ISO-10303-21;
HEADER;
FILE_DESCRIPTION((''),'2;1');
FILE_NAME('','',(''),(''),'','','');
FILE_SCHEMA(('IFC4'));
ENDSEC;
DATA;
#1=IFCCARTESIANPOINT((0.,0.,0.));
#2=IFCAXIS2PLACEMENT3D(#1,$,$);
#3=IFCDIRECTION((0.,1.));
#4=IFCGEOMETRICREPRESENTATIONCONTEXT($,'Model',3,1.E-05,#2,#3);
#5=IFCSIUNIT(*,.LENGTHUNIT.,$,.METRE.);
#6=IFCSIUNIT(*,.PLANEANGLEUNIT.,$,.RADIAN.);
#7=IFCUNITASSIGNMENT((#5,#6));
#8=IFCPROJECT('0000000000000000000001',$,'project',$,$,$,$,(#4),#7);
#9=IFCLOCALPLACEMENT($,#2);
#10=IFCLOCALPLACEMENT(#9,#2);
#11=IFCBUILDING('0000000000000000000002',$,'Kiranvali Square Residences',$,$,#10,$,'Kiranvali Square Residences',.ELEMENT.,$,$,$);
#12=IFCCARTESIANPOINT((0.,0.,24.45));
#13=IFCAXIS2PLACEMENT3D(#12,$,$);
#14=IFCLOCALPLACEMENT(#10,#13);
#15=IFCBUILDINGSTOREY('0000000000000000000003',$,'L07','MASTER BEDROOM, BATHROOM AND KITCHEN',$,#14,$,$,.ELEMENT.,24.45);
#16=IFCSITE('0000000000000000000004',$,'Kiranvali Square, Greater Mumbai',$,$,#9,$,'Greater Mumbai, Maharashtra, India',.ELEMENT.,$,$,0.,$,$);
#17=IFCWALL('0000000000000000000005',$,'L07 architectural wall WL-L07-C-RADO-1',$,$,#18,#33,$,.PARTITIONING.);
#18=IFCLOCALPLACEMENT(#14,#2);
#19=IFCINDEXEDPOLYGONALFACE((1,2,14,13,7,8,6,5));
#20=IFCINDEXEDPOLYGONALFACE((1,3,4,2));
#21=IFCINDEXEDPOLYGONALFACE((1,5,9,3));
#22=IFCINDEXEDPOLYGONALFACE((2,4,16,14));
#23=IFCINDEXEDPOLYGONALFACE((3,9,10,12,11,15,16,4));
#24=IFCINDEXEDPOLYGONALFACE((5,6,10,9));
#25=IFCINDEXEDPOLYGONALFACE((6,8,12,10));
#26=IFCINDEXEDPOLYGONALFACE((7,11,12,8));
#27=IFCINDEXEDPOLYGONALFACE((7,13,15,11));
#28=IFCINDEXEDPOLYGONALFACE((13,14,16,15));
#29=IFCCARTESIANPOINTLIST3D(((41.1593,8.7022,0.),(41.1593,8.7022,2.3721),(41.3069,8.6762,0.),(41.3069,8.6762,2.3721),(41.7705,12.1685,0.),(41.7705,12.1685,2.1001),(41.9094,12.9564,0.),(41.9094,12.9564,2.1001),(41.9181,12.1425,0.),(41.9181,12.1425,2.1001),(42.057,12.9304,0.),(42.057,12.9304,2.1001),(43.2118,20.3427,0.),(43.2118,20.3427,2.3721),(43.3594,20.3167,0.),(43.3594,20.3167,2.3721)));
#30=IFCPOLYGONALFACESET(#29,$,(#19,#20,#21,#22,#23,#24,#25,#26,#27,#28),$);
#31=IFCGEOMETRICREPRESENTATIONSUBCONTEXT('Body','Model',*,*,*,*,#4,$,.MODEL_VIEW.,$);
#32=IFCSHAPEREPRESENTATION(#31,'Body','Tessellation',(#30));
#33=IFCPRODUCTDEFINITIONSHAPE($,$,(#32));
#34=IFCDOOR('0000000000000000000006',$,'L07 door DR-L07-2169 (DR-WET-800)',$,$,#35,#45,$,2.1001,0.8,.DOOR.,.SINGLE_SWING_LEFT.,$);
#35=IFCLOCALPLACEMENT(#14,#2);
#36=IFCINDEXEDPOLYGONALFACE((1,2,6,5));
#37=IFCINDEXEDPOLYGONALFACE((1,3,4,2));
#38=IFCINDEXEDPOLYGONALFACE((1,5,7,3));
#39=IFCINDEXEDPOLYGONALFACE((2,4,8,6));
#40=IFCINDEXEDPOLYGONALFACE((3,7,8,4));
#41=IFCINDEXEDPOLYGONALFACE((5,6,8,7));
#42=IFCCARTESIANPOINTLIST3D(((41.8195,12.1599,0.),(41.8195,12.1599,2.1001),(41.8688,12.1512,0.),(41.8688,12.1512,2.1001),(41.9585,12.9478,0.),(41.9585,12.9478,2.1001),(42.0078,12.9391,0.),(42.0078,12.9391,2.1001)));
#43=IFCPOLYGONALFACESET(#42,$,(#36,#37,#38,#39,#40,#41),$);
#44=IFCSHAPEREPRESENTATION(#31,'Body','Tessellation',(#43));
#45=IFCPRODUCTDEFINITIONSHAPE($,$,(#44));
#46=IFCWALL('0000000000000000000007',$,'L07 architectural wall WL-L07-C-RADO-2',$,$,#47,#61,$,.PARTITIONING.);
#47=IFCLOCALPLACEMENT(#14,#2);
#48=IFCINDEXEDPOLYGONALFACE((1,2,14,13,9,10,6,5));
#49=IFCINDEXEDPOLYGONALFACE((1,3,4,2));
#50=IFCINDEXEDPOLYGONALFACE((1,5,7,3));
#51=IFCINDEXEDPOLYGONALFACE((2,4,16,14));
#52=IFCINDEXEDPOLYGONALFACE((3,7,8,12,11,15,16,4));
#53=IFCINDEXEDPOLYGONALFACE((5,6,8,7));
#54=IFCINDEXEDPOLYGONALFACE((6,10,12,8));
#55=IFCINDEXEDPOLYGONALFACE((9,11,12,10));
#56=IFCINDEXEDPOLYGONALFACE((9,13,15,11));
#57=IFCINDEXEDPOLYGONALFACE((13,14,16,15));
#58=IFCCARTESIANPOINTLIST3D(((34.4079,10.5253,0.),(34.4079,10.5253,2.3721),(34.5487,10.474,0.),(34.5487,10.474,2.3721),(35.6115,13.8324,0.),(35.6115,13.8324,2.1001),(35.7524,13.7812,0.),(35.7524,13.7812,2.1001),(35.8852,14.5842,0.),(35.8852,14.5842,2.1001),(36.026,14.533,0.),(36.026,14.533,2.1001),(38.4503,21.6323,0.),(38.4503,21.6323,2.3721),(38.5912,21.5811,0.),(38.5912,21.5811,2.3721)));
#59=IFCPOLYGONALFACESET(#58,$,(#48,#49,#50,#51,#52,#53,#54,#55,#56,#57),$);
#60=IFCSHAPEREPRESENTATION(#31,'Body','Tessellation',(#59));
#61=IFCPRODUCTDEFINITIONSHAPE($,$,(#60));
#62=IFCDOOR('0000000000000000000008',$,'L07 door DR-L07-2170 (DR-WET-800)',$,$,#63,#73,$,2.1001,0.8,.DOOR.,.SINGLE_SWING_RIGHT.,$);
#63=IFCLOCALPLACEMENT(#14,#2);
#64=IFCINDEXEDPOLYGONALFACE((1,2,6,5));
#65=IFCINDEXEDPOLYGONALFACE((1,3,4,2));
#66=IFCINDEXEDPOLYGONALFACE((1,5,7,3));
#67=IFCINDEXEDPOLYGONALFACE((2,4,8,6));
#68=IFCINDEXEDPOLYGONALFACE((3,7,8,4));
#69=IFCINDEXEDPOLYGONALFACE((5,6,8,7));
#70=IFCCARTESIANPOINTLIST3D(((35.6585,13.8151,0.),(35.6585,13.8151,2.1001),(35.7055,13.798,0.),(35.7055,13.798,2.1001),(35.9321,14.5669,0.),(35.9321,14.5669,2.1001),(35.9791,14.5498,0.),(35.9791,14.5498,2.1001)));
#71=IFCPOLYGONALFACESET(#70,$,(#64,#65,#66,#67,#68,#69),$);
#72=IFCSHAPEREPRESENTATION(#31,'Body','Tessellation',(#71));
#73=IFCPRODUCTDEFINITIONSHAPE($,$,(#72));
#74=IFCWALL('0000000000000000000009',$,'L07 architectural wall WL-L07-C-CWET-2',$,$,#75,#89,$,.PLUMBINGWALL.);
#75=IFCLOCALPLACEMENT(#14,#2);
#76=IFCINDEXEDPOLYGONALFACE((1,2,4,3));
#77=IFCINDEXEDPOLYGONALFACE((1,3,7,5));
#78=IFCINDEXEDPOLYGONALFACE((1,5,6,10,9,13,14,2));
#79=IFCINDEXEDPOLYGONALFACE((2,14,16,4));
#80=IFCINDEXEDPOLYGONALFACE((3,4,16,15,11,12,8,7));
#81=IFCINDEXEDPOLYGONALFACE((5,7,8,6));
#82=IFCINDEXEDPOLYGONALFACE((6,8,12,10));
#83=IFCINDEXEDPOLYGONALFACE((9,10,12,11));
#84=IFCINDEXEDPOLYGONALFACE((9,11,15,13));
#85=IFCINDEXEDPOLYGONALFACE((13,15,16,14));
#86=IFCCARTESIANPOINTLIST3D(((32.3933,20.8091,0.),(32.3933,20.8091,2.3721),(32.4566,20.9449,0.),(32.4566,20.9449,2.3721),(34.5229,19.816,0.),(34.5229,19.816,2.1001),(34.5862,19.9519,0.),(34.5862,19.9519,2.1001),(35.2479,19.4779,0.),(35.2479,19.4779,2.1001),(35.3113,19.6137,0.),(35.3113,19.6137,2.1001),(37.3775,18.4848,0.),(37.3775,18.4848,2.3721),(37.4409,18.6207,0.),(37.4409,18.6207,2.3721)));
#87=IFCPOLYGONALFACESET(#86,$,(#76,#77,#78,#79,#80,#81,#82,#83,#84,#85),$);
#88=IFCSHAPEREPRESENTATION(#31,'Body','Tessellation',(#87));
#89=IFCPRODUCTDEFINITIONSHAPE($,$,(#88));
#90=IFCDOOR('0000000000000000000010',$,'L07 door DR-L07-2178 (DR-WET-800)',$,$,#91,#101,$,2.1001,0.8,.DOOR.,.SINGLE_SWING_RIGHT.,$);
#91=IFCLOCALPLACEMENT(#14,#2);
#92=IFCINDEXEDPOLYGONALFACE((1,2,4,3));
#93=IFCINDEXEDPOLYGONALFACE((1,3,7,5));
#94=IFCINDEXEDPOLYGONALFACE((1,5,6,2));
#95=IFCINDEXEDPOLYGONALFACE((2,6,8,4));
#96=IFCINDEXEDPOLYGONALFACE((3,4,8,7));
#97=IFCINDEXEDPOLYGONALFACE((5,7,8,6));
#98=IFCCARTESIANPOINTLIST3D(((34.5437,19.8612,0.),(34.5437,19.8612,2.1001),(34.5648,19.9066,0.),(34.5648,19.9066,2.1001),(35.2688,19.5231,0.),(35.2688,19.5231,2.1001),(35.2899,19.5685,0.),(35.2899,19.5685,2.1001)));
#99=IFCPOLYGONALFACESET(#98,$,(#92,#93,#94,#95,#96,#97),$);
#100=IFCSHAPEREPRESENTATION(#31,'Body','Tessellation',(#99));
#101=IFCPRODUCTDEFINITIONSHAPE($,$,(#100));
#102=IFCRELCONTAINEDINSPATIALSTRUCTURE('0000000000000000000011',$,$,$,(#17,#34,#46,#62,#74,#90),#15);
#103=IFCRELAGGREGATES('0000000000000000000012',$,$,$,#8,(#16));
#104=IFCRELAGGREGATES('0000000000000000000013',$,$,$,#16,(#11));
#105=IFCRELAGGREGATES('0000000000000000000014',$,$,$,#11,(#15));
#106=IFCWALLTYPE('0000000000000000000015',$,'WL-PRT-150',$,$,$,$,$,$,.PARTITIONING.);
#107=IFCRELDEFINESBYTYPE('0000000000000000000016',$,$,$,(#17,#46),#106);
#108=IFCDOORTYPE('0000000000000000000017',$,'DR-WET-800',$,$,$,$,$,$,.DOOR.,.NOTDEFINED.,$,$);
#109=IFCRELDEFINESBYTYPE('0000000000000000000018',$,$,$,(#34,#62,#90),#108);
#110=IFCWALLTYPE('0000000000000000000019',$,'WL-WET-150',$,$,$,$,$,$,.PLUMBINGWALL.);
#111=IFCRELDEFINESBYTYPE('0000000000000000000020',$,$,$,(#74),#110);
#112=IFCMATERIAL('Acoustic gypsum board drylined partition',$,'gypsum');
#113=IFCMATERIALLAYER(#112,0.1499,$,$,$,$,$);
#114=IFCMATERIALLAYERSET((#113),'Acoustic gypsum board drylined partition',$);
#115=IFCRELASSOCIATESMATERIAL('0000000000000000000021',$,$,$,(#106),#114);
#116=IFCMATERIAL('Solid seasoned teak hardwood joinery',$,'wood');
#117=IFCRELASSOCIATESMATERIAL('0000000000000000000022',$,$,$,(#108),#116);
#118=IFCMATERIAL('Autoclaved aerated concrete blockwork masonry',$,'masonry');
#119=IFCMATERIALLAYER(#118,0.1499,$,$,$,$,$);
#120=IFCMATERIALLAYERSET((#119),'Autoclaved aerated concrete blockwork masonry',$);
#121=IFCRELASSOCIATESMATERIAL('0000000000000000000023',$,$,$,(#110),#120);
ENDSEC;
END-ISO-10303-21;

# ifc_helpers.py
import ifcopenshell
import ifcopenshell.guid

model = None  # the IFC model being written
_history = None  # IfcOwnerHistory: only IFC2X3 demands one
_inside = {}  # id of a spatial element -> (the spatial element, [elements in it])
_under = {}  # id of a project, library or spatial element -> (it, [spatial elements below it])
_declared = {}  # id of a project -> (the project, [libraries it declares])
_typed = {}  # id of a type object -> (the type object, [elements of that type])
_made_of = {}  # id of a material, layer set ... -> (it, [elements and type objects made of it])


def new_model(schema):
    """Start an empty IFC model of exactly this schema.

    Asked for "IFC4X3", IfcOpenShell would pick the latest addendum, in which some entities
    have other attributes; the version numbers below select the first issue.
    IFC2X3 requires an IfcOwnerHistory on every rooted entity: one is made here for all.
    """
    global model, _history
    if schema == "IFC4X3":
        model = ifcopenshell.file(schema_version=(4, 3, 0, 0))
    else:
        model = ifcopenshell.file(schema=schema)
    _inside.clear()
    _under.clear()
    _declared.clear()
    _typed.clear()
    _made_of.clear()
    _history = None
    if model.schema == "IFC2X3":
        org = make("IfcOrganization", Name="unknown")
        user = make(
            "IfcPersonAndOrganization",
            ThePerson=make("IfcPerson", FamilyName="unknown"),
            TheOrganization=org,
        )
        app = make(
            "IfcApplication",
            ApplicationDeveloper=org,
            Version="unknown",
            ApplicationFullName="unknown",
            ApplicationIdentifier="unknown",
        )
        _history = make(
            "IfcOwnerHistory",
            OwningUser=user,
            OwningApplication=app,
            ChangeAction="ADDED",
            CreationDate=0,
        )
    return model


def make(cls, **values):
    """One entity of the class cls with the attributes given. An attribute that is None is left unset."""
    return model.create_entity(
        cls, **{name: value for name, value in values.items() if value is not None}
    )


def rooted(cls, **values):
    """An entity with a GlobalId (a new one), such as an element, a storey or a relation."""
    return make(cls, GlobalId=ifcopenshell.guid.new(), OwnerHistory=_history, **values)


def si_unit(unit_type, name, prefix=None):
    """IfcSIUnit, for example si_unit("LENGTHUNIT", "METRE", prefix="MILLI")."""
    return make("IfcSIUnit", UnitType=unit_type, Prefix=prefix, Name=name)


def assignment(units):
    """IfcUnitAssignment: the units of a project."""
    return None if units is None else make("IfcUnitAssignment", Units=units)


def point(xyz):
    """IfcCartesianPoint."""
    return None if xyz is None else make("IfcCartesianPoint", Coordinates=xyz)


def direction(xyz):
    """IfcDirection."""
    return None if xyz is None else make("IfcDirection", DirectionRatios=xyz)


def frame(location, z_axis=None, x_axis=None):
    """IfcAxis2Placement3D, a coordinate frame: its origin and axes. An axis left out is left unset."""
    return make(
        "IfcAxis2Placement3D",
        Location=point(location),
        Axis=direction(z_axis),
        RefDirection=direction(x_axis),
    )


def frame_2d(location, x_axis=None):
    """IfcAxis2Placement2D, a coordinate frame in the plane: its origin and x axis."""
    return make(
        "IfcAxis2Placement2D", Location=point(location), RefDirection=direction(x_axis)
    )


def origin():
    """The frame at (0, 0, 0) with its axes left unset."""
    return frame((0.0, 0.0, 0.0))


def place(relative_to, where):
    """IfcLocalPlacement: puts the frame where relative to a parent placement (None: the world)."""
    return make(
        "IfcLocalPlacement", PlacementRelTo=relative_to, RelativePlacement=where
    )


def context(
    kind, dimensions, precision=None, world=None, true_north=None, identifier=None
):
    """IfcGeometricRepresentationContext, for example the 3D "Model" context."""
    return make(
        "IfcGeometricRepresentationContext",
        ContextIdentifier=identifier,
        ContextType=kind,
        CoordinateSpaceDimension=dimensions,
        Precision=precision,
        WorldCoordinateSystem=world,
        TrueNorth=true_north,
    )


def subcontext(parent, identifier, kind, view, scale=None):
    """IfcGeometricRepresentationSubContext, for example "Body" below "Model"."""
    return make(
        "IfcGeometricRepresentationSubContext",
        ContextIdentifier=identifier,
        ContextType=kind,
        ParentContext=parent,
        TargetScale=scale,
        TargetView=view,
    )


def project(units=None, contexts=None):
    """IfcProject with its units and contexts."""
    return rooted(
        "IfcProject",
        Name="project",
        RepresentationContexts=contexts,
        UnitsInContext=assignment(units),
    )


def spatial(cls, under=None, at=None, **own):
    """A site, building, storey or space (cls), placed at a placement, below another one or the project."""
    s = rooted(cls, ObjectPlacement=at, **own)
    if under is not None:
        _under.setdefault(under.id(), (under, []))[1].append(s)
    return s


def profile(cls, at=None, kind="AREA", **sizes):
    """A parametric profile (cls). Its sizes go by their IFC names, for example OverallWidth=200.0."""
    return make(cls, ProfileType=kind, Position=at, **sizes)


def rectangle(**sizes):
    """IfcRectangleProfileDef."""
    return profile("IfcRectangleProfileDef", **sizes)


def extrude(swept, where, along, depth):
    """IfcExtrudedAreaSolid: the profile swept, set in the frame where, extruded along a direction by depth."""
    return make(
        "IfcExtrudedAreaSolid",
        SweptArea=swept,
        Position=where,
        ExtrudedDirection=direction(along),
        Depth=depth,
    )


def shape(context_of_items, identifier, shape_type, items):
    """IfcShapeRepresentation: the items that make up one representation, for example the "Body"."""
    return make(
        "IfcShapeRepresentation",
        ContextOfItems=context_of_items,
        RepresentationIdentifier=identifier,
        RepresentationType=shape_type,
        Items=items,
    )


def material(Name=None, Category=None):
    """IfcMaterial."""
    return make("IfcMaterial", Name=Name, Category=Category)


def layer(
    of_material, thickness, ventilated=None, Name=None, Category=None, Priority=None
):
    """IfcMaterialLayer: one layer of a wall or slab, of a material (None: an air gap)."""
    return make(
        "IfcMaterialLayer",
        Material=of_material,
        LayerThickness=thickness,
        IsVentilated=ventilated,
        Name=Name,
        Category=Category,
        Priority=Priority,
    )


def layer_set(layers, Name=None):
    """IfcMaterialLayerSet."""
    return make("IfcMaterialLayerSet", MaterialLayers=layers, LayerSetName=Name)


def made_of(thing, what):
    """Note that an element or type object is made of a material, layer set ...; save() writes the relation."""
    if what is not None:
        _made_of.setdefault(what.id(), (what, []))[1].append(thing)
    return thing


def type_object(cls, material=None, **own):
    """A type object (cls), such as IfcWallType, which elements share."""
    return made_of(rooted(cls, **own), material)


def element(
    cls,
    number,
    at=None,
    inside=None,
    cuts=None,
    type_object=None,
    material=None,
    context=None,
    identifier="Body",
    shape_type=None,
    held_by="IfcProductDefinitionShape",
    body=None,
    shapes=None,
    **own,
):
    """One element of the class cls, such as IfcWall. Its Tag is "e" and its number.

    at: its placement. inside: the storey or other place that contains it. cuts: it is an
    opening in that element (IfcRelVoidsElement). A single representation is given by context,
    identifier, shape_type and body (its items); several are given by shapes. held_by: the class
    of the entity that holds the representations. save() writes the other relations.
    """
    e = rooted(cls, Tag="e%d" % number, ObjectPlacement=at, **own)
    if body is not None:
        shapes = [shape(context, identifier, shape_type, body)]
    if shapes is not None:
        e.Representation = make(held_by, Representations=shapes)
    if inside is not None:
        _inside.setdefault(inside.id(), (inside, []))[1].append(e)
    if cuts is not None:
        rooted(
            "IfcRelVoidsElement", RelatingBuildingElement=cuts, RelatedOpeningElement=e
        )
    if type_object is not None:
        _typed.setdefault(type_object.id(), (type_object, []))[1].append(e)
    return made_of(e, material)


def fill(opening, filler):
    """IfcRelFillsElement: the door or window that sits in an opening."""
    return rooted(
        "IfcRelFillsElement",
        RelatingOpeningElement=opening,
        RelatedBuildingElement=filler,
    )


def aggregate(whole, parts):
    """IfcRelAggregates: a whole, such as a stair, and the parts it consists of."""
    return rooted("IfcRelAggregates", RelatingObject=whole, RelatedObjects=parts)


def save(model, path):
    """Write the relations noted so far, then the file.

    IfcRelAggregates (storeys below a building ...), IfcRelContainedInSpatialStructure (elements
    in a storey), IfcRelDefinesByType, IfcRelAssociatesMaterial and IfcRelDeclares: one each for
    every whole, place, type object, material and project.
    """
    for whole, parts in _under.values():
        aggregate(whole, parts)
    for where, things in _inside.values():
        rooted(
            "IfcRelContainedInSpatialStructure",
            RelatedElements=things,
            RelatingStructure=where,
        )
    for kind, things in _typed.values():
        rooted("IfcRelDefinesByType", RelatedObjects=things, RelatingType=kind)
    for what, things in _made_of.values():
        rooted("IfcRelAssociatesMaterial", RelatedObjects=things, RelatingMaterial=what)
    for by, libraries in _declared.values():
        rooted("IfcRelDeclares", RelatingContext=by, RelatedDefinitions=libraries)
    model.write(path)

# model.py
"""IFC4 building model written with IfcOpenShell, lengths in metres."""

from ifc_helpers import new_model, si_unit, direction, frame, frame_2d, origin, place, context, subcontext, project, spatial, rectangle, extrude, material, layer, layer_set, type_object, element, fill, save


model = new_model("IFC4")

# Units and contexts
model_context = context("Model", 3, precision=1e-05, world=origin(), true_north=direction((0.0, 1.0)))
body_context = subcontext(model_context, "Body", "Model", "MODEL_VIEW")
ifc_project = project(units=[si_unit("LENGTHUNIT", "METRE"), si_unit("PLANEANGLEUNIT", "RADIAN")], contexts=[model_context])

# Site, building, storey
site_placement = place(None, origin())
site = spatial("IfcSite", under=ifc_project, at=site_placement, Name="Kiranvali Square, Greater Mumbai", LongName="Greater Mumbai, Maharashtra, India", CompositionType="ELEMENT", RefElevation=0.0)
building_placement = place(site_placement, origin())
building = spatial("IfcBuilding", under=site, at=building_placement, Name="Kiranvali Square Residences", LongName="Kiranvali Square Residences", CompositionType="ELEMENT")
storey_placement = place(building_placement, frame((0.0, 0.0, 24.45)))
storey = spatial("IfcBuildingStorey", under=building, at=storey_placement, Name="L07", Description="MASTER BEDROOM, BATHROOM AND KITCHEN", CompositionType="ELEMENT", Elevation=24.45)

# Shared definitions
ifc_material_1 = material(Name="Autoclaved aerated concrete blockwork masonry", Category="masonry")

# Walls, openings, doors
ifc_material_2 = material(Name="Acoustic gypsum board drylined partition", Category="gypsum")
ifc_layer_1 = layer(ifc_material_2, 0.1499)
ifc_layer_set_1 = layer_set([ifc_layer_1], Name="Acoustic gypsum board drylined partition")
wall_type_1 = type_object("IfcWallType", Name="WL-PRT-150", PredefinedType="PARTITIONING", material=ifc_layer_set_1)
wall_1_placement = place(storey_placement, frame((43.2856, 20.3298, 0.0), z_axis=(0.0, 0.0, 1.0), x_axis=(-0.173646, -0.984808, 0.0)))
wall_1 = element("IfcWall", 1, at=wall_1_placement, inside=storey, type_object=wall_type_1, Name="L07 architectural wall WL-L07-C-RADO-1", PredefinedType="PARTITIONING", context=body_context, shape_type="SweptSolid", body=[
    extrude(rectangle(XDim=11.8201, YDim=0.1499, at=frame_2d((5.9102, 0.0))), origin(), (0.0, 0.0, 1.0), 2.3721),
])
opening_1_placement = place(wall_1_placement, frame((7.5005, 0.0, 0.0)))
opening_1 = element("IfcOpeningElement", 2, at=opening_1_placement, cuts=wall_1, PredefinedType="OPENING", context=body_context, shape_type="SweptSolid", body=[
    extrude(rectangle(XDim=0.8, YDim=2.1001, at=frame_2d((0.3999, 1.05))), frame((0.0, 0.085, 0.0), z_axis=(0.0, -1.0, 0.0), x_axis=(1.0, 0.0, 0.0)), (0.0, 0.0, 1.0), 0.1699),
])
ifc_material_3 = material(Name="Solid seasoned teak hardwood joinery", Category="wood")
door_type_1 = type_object("IfcDoorType", Name="DR-WET-800", OperationType="NOTDEFINED", PredefinedType="DOOR", material=ifc_material_3)
door_1_placement = place(opening_1_placement, origin())
door_1 = element("IfcDoor", 3, at=door_1_placement, inside=storey, type_object=door_type_1, Name="L07 door DR-L07-2169 (DR-WET-800)", OperationType="SINGLE_SWING_LEFT", OverallHeight=2.1001, OverallWidth=0.8, PredefinedType="DOOR", context=body_context, shape_type="SweptSolid", body=[
    extrude(rectangle(XDim=0.8, YDim=2.1001, at=frame_2d((0.3999, 1.05))), frame((0.0, 0.0249, 0.0), z_axis=(0.0, -1.0, 0.0), x_axis=(1.0, 0.0, 0.0)), (0.0, 0.0, 1.0), 0.05),
])
fill(opening_1, door_1)
wall_2_placement = place(storey_placement, frame((38.5208, 21.6067, 0.0), z_axis=(0.0, 0.0, 1.0), x_axis=(-0.342005, -0.939698, 0.0)))
wall_2 = element("IfcWall", 4, at=wall_2_placement, inside=storey, type_object=wall_type_1, Name="L07 architectural wall WL-L07-C-RADO-2", PredefinedType="PARTITIONING", context=body_context, shape_type="SweptSolid", body=[
    extrude(rectangle(XDim=11.8198, YDim=0.1499, at=frame_2d((5.9099, 0.0))), origin(), (0.0, 0.0, 1.0), 2.3721),
])
opening_2_placement = place(wall_2_placement, frame((7.5005, 0.0, 0.0)))
opening_2 = element("IfcOpeningElement", 5, at=opening_2_placement, cuts=wall_2, PredefinedType="OPENING", context=body_context, shape_type="SweptSolid", body=[
    extrude(rectangle(XDim=0.8, YDim=2.1001, at=frame_2d((0.3999, 1.05))), frame((0.0, 0.085, 0.0), z_axis=(0.0, -1.0, 0.0), x_axis=(1.0, 0.0, 0.0)), (0.0, 0.0, 1.0), 0.1699),
])
door_2_placement = place(opening_2_placement, frame((0.8, 0.0, 0.0), z_axis=(0.0, 0.0, 1.0), x_axis=(-1.0, 0.0, 0.0)))
door_2 = element("IfcDoor", 6, at=door_2_placement, inside=storey, type_object=door_type_1, Name="L07 door DR-L07-2170 (DR-WET-800)", OperationType="SINGLE_SWING_RIGHT", OverallHeight=2.1001, OverallWidth=0.8, PredefinedType="DOOR", context=body_context, shape_type="SweptSolid", body=[
    extrude(rectangle(XDim=0.8, YDim=2.1001, at=frame_2d((0.3999, 1.05))), frame((0.0, 0.0249, 0.0), z_axis=(0.0, -1.0, 0.0), x_axis=(1.0, 0.0, 0.0)), (0.0, 0.0, 1.0), 0.05),
])
fill(opening_2, door_2)
ifc_layer_2 = layer(ifc_material_1, 0.1499)
ifc_layer_set_2 = layer_set([ifc_layer_2], Name="Autoclaved aerated concrete blockwork masonry")
wall_type_2 = type_object("IfcWallType", Name="WL-WET-150", PredefinedType="PLUMBINGWALL", material=ifc_layer_set_2)
wall_3_placement = place(storey_placement, frame((37.4092, 18.5527, 0.0), z_axis=(0.0, 0.0, 1.0), x_axis=(-0.906302, 0.42263, 0.0)))
wall_3 = element("IfcWall", 7, at=wall_3_placement, inside=storey, type_object=wall_type_2, Name="L07 architectural wall WL-L07-C-CWET-2", PredefinedType="PLUMBINGWALL", context=body_context, shape_type="SweptSolid", body=[
    extrude(rectangle(XDim=5.4995, YDim=0.1499, at=frame_2d((2.7498, 0.0))), origin(), (0.0, 0.0, 1.0), 2.3721),
])
opening_3_placement = place(wall_3_placement, frame((2.3499, 0.0, 0.0)))
opening_3 = element("IfcOpeningElement", 8, at=opening_3_placement, cuts=wall_3, PredefinedType="OPENING", context=body_context, shape_type="SweptSolid", body=[
    extrude(rectangle(XDim=0.8, YDim=2.1001, at=frame_2d((0.3999, 1.05))), frame((0.0, 0.085, 0.0), z_axis=(0.0, -1.0, 0.0), x_axis=(1.0, 0.0, 0.0)), (0.0, 0.0, 1.0), 0.1699),
])
door_3_placement = place(opening_3_placement, frame((0.8, 0.0, 0.0), z_axis=(0.0, 0.0, 1.0), x_axis=(-1.0, 0.0, 0.0)))
door_3 = element("IfcDoor", 9, at=door_3_placement, inside=storey, type_object=door_type_1, Name="L07 door DR-L07-2178 (DR-WET-800)", OperationType="SINGLE_SWING_RIGHT", OverallHeight=2.1001, OverallWidth=0.8, PredefinedType="DOOR", context=body_context, shape_type="SweptSolid", body=[
    extrude(rectangle(XDim=0.8, YDim=2.1001, at=frame_2d((0.3999, 1.05))), frame((0.0, 0.0249, 0.0), z_axis=(0.0, -1.0, 0.0), x_axis=(1.0, 0.0, 0.0)), (0.0, 0.0, 1.0), 0.05),
])
fill(opening_3, door_3)

save(model, "model.ifc")
